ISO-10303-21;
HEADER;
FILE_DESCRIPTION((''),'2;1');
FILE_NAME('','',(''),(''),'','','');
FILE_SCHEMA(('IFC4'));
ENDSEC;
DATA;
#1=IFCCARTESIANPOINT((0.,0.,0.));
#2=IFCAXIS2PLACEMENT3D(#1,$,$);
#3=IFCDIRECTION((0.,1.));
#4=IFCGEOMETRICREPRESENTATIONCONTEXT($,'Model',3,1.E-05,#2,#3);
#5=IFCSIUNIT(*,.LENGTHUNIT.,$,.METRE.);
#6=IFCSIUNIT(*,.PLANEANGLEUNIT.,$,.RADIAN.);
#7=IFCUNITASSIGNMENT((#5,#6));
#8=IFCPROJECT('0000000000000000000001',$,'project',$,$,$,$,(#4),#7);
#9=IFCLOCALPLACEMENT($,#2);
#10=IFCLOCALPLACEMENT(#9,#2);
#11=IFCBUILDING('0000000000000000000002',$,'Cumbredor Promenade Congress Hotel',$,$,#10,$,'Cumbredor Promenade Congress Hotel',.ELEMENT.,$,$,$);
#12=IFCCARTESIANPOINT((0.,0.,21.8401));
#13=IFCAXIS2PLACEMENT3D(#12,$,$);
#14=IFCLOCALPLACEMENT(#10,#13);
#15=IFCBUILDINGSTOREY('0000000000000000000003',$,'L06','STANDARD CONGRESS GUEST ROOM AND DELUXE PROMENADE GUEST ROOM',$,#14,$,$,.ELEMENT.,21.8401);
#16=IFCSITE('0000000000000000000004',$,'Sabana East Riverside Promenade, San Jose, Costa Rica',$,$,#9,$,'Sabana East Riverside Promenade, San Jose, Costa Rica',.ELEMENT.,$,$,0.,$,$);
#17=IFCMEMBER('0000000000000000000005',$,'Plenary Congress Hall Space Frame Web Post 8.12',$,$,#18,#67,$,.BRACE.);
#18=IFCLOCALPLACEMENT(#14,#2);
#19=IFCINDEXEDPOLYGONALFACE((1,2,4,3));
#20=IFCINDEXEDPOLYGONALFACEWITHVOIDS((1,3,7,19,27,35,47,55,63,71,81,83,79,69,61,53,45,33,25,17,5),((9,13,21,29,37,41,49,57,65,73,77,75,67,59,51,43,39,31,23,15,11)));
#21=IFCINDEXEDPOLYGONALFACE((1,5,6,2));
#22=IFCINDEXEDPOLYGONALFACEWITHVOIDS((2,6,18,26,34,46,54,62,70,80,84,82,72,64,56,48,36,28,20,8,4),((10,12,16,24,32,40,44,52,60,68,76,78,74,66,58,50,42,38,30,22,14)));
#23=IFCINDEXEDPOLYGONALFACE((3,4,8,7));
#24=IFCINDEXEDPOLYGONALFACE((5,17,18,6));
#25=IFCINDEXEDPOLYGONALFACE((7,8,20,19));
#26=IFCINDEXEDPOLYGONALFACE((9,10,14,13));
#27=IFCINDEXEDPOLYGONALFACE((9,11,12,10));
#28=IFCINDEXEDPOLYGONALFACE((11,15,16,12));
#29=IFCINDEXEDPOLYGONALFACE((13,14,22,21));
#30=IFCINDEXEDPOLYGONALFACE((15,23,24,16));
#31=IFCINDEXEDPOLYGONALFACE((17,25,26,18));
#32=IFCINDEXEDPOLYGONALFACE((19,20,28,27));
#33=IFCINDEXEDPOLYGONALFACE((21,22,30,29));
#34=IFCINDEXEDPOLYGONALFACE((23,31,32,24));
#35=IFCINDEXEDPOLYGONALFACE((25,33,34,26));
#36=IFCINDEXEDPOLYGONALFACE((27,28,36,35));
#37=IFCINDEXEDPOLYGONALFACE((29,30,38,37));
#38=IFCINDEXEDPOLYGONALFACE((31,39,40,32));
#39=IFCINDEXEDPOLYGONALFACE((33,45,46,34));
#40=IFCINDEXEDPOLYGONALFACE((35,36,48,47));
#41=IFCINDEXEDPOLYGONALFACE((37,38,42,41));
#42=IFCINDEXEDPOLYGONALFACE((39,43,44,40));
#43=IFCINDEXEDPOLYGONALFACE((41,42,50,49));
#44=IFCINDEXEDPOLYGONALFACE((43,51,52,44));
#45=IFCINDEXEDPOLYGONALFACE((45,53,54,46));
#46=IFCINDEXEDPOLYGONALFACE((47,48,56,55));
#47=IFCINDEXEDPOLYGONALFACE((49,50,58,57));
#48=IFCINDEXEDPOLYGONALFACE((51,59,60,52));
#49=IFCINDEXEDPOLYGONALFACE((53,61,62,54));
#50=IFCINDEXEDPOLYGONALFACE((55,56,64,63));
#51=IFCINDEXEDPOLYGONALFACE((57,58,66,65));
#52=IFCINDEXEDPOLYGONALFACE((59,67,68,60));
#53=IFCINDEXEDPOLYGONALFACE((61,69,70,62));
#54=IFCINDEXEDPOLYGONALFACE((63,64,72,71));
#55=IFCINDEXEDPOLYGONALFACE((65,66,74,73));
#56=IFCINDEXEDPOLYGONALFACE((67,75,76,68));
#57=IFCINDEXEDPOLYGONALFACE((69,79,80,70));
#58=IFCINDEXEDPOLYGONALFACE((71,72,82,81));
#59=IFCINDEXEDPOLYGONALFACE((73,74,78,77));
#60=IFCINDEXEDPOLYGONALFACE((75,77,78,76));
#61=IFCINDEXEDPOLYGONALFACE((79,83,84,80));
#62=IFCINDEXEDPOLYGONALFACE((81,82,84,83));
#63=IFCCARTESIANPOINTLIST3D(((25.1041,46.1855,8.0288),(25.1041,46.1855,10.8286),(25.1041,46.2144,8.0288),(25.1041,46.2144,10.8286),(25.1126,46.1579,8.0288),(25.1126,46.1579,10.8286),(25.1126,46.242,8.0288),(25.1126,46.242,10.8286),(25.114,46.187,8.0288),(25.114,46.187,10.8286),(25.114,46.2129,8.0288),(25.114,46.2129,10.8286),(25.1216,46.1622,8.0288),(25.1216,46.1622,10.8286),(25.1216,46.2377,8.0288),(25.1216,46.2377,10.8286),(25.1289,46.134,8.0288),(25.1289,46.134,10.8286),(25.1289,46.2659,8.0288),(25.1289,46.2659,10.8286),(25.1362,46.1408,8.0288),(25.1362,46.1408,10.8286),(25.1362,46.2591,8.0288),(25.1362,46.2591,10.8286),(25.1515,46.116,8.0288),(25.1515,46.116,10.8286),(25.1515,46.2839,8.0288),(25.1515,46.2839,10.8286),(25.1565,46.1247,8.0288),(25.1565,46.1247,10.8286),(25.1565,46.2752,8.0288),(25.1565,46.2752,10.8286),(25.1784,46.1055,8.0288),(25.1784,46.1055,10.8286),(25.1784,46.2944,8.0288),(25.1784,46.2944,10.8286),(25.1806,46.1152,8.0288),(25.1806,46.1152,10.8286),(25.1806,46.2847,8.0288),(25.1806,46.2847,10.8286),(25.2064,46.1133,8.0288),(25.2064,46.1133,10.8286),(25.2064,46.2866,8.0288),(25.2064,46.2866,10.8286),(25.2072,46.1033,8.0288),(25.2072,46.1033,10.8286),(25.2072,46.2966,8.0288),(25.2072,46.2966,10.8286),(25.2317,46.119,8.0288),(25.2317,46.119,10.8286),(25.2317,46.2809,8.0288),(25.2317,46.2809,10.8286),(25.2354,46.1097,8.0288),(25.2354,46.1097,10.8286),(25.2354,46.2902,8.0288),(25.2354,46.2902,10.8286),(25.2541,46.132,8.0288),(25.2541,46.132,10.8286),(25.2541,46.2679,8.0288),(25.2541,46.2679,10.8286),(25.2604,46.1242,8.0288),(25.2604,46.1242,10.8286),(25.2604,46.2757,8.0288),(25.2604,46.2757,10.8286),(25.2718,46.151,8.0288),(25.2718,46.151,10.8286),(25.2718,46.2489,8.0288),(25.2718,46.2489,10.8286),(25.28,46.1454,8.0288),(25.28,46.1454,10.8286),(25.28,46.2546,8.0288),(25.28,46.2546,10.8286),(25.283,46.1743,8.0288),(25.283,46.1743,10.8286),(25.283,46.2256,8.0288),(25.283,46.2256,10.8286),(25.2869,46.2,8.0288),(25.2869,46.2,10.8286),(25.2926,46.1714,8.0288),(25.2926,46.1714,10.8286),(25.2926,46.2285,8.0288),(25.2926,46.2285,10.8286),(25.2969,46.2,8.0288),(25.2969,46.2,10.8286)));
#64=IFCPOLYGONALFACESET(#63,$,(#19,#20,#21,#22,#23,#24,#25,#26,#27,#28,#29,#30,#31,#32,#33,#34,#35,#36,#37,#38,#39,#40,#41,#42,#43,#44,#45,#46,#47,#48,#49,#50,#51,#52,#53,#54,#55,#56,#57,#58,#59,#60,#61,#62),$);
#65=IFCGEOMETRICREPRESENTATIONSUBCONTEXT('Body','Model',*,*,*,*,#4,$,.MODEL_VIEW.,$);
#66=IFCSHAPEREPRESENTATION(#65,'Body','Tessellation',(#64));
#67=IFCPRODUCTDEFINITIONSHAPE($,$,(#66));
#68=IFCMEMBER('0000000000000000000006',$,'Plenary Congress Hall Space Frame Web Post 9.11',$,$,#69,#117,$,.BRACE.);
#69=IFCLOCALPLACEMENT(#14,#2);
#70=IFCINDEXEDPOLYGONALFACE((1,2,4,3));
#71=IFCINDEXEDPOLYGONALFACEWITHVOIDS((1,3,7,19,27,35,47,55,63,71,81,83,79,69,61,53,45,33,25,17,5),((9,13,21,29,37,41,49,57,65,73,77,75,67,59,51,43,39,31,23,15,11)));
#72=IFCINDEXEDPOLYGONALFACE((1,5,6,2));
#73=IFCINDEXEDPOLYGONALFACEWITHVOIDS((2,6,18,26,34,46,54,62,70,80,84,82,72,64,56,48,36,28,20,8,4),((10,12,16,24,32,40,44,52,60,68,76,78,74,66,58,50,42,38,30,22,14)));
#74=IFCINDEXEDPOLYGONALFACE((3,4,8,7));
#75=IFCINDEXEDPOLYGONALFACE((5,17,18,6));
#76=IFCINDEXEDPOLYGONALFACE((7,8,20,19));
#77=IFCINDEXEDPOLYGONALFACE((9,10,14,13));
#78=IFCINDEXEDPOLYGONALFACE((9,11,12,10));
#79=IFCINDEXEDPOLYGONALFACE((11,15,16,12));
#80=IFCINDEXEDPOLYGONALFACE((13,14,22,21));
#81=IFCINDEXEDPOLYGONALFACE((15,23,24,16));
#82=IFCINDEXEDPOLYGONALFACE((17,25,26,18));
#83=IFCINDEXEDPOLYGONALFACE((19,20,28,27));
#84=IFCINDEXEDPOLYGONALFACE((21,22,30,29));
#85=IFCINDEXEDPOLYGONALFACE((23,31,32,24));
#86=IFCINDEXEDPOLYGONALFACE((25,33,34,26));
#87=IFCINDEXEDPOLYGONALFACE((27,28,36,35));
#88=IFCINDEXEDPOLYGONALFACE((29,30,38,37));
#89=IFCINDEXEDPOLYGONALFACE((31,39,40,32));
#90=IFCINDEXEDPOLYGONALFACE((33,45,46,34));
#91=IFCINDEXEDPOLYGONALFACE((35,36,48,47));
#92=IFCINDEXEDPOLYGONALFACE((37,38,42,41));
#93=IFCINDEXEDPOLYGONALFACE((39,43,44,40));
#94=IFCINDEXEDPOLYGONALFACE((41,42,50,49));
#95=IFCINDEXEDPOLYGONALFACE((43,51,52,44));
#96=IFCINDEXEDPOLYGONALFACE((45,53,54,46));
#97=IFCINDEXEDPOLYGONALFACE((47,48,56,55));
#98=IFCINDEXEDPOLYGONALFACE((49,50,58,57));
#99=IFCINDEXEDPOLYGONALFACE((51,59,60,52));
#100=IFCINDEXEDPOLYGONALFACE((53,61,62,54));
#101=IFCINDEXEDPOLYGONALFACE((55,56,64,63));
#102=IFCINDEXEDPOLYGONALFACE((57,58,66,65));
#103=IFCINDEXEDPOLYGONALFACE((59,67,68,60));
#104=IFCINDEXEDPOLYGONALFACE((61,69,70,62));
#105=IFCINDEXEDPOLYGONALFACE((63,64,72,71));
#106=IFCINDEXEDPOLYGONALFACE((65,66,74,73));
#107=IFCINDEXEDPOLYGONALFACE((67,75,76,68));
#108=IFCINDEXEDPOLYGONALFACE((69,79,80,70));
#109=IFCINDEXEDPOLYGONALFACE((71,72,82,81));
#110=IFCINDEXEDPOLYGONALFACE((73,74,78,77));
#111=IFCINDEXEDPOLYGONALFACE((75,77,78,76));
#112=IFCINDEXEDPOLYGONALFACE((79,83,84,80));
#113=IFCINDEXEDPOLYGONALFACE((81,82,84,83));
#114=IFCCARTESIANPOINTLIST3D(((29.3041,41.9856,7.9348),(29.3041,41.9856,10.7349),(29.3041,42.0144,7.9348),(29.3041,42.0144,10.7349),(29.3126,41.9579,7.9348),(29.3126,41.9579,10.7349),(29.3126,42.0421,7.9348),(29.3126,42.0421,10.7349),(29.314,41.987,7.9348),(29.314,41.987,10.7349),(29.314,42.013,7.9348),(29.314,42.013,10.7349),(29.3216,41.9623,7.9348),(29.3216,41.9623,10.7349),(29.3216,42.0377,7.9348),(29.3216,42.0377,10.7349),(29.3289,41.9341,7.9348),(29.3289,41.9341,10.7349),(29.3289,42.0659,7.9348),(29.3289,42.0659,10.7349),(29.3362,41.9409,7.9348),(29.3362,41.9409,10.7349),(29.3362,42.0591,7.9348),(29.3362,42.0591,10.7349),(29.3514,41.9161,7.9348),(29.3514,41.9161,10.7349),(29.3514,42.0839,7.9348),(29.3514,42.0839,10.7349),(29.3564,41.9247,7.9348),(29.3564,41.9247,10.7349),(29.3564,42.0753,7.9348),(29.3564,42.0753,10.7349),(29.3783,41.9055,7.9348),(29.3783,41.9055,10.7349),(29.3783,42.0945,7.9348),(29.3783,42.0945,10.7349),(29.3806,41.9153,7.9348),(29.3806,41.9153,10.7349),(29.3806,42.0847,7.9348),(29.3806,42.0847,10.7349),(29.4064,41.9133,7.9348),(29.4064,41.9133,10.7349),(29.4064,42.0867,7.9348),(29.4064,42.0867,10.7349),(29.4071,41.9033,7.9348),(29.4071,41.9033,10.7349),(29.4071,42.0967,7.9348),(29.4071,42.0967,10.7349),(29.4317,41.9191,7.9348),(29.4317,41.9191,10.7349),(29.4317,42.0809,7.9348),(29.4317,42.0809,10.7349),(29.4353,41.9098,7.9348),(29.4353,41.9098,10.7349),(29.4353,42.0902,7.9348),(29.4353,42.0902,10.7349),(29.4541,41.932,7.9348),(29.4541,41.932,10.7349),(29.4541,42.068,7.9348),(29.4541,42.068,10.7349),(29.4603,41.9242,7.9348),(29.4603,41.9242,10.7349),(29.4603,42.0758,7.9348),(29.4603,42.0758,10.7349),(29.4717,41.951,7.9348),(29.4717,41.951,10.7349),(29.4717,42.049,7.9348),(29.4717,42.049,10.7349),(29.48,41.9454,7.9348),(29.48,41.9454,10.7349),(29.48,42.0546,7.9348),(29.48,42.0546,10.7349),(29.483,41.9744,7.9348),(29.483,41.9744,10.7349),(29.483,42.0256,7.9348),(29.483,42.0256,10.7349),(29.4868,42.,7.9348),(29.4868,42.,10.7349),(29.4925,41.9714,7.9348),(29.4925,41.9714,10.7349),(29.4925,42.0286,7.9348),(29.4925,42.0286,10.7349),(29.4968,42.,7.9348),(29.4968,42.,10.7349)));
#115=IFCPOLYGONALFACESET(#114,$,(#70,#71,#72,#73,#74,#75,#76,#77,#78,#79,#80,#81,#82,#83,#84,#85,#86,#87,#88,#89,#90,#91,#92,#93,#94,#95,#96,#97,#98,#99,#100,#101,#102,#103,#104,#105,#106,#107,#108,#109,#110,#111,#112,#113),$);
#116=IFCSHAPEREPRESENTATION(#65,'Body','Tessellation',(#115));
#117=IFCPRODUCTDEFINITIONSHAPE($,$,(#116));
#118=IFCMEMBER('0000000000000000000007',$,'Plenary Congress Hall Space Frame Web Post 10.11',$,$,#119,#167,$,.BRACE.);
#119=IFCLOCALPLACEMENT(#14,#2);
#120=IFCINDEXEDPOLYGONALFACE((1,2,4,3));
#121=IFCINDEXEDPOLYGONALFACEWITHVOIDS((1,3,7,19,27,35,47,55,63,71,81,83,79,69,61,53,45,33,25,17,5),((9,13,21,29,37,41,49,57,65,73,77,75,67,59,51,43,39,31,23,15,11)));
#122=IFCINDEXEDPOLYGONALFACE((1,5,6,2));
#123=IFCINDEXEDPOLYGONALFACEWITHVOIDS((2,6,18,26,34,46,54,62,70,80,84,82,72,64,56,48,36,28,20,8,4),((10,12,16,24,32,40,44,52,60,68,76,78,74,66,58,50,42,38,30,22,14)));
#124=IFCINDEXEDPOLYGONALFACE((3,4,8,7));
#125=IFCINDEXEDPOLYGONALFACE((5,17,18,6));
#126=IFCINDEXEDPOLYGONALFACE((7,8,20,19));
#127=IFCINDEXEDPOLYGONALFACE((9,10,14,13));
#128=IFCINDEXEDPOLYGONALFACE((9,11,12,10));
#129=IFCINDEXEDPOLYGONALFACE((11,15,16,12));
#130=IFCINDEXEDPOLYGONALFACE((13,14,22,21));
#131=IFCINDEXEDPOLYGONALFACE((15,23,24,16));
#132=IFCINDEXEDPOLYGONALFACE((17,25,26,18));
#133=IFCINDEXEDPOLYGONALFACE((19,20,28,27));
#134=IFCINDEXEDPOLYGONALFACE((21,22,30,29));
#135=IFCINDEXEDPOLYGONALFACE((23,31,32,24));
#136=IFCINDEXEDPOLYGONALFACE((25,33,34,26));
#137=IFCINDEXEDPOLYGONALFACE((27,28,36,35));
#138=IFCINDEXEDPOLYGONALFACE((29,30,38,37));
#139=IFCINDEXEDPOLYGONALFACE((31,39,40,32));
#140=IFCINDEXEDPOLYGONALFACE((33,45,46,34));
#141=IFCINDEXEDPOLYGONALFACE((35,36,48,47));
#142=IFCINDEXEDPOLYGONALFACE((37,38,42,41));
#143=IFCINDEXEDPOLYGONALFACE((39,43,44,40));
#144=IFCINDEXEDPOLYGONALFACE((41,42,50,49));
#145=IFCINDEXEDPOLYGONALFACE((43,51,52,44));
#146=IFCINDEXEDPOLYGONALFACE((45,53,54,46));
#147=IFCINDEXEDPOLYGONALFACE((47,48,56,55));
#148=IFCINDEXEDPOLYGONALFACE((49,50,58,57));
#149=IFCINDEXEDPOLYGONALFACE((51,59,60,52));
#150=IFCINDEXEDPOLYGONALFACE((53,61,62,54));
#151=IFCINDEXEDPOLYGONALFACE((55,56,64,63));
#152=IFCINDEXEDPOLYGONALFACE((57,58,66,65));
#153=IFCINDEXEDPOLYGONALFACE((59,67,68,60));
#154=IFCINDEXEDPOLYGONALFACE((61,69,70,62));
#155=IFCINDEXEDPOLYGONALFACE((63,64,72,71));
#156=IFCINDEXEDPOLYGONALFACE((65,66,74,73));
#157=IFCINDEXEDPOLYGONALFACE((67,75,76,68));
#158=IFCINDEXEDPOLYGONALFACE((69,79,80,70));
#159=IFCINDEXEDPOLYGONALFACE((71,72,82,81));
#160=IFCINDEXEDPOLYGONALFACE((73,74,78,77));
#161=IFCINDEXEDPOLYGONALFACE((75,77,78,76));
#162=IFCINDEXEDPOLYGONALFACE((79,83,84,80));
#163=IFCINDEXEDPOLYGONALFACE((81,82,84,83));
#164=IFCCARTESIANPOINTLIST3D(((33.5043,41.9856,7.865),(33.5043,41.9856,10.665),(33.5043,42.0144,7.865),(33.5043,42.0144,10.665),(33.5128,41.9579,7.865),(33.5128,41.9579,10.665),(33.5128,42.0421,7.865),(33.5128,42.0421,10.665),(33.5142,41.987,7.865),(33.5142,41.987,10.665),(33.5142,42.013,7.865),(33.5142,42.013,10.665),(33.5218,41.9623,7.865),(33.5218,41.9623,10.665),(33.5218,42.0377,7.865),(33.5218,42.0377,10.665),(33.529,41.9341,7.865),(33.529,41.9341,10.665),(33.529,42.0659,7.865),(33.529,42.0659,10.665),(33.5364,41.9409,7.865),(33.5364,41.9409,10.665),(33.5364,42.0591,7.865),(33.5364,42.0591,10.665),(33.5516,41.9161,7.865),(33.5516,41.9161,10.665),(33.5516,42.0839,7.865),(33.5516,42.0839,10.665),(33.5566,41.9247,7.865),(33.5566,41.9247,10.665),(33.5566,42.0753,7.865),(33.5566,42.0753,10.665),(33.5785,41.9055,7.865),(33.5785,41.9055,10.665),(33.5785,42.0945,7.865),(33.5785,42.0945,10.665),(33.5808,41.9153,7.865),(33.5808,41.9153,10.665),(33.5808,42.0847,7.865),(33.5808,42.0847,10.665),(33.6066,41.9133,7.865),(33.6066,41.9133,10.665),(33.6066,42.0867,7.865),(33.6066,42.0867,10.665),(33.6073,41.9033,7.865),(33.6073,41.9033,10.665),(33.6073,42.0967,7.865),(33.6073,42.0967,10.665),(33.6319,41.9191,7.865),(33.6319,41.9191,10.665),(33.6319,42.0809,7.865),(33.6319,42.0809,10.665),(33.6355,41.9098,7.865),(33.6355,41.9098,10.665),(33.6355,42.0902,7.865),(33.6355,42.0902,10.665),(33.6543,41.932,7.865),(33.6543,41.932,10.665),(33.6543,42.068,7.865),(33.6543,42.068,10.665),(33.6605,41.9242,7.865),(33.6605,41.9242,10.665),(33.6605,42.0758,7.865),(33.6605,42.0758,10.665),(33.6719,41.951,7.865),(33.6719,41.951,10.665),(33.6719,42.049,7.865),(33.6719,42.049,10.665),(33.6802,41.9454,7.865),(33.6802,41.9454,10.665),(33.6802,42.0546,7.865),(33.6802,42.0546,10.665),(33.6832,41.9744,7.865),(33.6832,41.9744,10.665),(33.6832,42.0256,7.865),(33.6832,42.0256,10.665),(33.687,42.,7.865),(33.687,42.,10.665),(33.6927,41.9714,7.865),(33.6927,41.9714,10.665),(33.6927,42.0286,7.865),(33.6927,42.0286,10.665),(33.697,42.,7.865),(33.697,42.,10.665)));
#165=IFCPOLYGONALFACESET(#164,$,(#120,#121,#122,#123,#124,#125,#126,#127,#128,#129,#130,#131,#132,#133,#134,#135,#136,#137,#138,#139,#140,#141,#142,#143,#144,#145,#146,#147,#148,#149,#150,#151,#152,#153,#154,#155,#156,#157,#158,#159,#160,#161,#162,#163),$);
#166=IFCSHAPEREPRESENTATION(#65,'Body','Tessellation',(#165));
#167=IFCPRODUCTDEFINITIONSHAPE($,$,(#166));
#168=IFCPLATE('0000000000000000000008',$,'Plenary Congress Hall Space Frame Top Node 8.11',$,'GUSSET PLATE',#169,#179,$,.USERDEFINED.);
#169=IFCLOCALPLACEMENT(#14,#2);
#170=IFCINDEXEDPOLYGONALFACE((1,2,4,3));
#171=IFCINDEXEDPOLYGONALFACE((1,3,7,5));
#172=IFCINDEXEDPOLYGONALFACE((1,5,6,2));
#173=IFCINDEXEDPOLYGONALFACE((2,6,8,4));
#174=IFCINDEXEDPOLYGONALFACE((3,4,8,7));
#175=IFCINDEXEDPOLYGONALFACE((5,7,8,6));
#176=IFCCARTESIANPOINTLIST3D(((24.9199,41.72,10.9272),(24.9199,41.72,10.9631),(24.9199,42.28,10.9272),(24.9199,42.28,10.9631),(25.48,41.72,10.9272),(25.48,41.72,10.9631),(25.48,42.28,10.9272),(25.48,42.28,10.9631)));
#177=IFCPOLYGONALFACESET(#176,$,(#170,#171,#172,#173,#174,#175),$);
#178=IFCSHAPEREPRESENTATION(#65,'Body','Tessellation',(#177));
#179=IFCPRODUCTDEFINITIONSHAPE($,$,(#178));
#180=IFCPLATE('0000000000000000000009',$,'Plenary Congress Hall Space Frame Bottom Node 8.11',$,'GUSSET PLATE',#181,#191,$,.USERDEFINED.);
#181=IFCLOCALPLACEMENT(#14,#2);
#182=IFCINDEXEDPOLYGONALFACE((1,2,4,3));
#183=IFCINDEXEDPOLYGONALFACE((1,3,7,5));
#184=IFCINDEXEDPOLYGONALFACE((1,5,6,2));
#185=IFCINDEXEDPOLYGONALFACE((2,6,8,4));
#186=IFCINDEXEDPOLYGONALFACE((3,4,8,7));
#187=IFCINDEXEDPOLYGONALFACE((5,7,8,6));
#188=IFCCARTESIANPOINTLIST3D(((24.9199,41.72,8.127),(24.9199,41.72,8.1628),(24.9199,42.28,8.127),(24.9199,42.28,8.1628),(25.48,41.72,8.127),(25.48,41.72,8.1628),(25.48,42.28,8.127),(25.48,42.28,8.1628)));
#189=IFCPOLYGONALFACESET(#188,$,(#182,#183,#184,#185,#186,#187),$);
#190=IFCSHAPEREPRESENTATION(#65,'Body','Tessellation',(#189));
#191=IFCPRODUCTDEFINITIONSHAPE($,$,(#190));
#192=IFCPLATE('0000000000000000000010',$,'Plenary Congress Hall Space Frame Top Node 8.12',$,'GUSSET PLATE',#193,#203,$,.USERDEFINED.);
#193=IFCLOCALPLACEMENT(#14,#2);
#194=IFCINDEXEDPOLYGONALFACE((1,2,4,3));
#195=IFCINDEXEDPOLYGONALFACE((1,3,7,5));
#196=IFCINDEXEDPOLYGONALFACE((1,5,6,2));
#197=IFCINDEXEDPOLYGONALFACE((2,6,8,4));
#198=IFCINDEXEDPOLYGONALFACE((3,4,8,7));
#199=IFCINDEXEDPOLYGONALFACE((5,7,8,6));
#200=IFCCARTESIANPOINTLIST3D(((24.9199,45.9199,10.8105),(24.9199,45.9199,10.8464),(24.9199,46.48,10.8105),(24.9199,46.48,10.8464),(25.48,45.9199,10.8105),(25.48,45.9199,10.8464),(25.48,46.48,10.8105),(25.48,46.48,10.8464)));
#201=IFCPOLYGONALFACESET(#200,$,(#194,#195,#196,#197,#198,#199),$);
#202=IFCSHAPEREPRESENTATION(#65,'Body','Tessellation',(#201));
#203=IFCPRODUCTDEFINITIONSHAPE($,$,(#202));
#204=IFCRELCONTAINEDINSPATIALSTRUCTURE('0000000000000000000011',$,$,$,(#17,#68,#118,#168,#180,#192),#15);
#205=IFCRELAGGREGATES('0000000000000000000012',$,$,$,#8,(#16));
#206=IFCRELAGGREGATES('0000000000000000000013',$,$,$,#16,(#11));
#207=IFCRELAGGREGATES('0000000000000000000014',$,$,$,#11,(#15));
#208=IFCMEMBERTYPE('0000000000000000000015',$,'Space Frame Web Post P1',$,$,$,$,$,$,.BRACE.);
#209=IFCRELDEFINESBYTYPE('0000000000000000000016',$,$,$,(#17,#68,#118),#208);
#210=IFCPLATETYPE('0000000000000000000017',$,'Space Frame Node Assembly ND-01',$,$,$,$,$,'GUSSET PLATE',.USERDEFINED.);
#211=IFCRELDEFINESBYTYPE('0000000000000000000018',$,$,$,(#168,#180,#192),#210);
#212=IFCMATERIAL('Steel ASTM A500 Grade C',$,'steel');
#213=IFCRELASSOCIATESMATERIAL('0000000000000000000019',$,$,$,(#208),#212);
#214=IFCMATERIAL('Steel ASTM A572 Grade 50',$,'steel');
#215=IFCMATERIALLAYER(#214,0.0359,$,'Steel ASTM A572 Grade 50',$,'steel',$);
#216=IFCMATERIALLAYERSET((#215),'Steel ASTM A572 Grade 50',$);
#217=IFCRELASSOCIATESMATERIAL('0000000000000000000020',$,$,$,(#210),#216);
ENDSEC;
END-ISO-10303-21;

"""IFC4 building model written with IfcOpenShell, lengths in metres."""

from ifc_helpers import new_model, si_unit, direction, frame, origin, origin_2d, place, context, subcontext, project, spatial, rectangle, hollow_circle, extrude, material, layer, layer_set, material_profile, profile_set, type_object, element, save


model = new_model("IFC4")

# Units and contexts
model_context = context("Model", 3, precision=1e-05, world=origin(), true_north=direction((0.0, 1.0)))
body_context = subcontext(model_context, "Body", "Model", "MODEL_VIEW")
ifc_project = project(units=[si_unit("LENGTHUNIT", "METRE"), si_unit("PLANEANGLEUNIT", "RADIAN")], contexts=[model_context])

# Site, building, storey
site_placement = place(None, origin())
site = spatial("IfcSite", under=ifc_project, at=site_placement, Name="Sabana East Riverside Promenade, San Jose, Costa Rica", LongName="Sabana East Riverside Promenade, San Jose, Costa Rica", CompositionType="ELEMENT", RefElevation=0.0)
building_placement = place(site_placement, origin())
building = spatial("IfcBuilding", under=site, at=building_placement, Name="Cumbredor Promenade Congress Hotel", LongName="Cumbredor Promenade Congress Hotel", CompositionType="ELEMENT")
storey_placement = place(building_placement, frame((0.0, 0.0, 21.8401)))
storey = spatial("IfcBuildingStorey", under=building, at=storey_placement, Name="L06", Description="STANDARD CONGRESS GUEST ROOM AND DELUXE PROMENADE GUEST ROOM", CompositionType="ELEMENT", Elevation=21.8401)

# Members
ifc_material_1 = material(Name="Steel ASTM A500 Grade C", Category="steel")
ifc_material_profile_1 = material_profile(ifc_material_1, hollow_circle(Radius=0.0969, WallThickness=0.01, at=origin_2d()), Name="CHS 193.7x10")
ifc_profile_set_1 = profile_set([ifc_material_profile_1], Name="Steel ASTM A500 Grade C")
member_type_1 = type_object("IfcMemberType", Name="Space Frame Web Post P1", PredefinedType="BRACE", material=ifc_profile_set_1)
member_1_placement = place(storey_placement, frame((25.2, 46.2, 8.0288), z_axis=(0.0, 0.0, 1.0), x_axis=(1.0, 0.0, 0.0)))
element("IfcMember", 1, at=member_1_placement, inside=storey, type_object=member_type_1, Name="Plenary Congress Hall Space Frame Web Post 8.12", PredefinedType="BRACE", context=body_context, shape_type="SweptSolid", body=[
    extrude(hollow_circle(Radius=0.0969, WallThickness=0.01, at=origin_2d()), origin(), (0.0, 0.0, 1.0), 2.7998),
])
for number, where, z_axis, x_axis, name in (
    (2, (29.3999, 42.0, 7.9348), (0.0, 0.0, 1.0), (1.0, 0.0, 0.0), "Plenary Congress Hall Space Frame Web Post 9.11"),
    (3, (33.6001, 42.0, 7.865), (0.0, 0.0, 1.0), (1.0, 0.0, 0.0), "Plenary Congress Hall Space Frame Web Post 10.11"),
):
    element("IfcMember", number, at=place(storey_placement, frame(where, z_axis=z_axis, x_axis=x_axis)), inside=storey, type_object=member_type_1, Name=name, PredefinedType="BRACE", context=body_context, shape_type="SweptSolid", body=[
        extrude(hollow_circle(Radius=0.0969, WallThickness=0.01, at=origin_2d()), origin(), (0.0, 0.0, 1.0), 2.8),
    ])

# Plates
ifc_material_2 = material(Name="Steel ASTM A572 Grade 50", Category="steel")
ifc_layer = layer(ifc_material_2, 0.0359, Name="Steel ASTM A572 Grade 50", Category="steel")
ifc_layer_set = layer_set([ifc_layer], Name="Steel ASTM A572 Grade 50")
plate_type = type_object("IfcPlateType", Name="Space Frame Node Assembly ND-01", ElementType="GUSSET PLATE", PredefinedType="USERDEFINED", material=ifc_layer_set)
for number, where, z_axis, x_axis, name in (
    (4, (25.2, 42.0, 10.9272), (0.0, 0.0, 1.0), (1.0, 0.0, 0.0), "Plenary Congress Hall Space Frame Top Node 8.11"),
    (5, (25.2, 42.0, 8.127), (0.0, 0.0, 1.0), (1.0, 0.0, 0.0), "Plenary Congress Hall Space Frame Bottom Node 8.11"),
    (6, (25.2, 46.2, 10.8105), (0.0, 0.0, 1.0), (1.0, 0.0, 0.0), "Plenary Congress Hall Space Frame Top Node 8.12"),
):
    element("IfcPlate", number, at=place(storey_placement, frame(where, z_axis=z_axis, x_axis=x_axis)), inside=storey, type_object=plate_type, Name=name, ObjectType="GUSSET PLATE", PredefinedType="USERDEFINED", context=body_context, shape_type="SweptSolid", body=[
        extrude(rectangle(XDim=0.5601, YDim=0.5601, at=origin_2d()), origin(), (0.0, 0.0, 1.0), 0.0359),
    ])

save(model, "model.ifc")
